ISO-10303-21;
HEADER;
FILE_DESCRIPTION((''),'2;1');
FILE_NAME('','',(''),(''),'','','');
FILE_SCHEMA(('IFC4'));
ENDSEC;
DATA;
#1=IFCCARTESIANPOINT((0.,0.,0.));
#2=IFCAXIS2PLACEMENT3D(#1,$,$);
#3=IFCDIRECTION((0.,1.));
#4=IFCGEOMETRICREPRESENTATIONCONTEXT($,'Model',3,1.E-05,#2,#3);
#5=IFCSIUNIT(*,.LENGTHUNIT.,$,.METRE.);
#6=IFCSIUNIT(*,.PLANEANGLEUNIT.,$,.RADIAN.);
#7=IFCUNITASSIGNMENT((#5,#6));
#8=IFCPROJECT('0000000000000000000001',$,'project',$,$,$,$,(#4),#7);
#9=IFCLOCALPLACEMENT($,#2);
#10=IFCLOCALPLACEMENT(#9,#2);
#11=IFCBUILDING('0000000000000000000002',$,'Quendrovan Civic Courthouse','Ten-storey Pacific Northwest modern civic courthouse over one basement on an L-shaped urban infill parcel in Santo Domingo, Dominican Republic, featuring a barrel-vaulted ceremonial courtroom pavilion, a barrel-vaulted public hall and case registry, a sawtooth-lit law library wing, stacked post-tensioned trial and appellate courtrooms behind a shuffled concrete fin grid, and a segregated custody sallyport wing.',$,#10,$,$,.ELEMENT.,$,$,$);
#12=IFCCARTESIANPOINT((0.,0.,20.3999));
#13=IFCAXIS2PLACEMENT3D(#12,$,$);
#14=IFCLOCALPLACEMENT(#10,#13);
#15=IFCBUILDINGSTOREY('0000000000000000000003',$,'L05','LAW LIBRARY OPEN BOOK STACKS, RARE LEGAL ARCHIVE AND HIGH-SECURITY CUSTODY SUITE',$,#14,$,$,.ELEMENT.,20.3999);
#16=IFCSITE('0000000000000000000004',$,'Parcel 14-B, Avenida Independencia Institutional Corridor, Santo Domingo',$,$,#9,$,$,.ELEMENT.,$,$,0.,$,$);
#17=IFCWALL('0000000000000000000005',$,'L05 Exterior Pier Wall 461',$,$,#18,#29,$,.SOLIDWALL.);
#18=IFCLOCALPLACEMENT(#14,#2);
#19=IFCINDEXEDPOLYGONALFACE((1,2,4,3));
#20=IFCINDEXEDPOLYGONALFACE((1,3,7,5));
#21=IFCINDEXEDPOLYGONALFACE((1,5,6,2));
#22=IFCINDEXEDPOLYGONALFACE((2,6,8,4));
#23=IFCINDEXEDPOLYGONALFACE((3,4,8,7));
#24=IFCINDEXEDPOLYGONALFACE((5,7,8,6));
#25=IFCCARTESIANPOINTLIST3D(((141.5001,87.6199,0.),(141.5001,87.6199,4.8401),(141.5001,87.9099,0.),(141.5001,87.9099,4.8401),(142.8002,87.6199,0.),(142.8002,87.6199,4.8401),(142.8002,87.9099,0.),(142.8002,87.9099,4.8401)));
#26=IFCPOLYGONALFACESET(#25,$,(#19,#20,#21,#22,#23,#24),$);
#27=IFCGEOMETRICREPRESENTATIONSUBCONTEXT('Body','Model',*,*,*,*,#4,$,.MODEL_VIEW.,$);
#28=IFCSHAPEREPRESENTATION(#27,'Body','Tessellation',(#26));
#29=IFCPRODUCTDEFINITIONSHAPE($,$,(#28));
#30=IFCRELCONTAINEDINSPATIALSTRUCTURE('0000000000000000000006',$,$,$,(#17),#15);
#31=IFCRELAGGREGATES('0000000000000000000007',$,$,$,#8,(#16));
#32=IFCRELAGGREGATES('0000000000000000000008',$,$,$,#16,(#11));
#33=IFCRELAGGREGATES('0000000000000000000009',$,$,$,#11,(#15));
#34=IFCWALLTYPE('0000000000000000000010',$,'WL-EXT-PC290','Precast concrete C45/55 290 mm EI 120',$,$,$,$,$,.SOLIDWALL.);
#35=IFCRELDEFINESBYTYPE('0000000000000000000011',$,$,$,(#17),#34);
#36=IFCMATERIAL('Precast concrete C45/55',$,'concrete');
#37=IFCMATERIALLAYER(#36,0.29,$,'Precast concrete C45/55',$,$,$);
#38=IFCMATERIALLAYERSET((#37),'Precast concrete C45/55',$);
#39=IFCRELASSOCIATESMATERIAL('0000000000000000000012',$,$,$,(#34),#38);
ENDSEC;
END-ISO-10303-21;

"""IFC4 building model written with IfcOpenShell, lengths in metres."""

from ifc_helpers import new_model, si_unit, direction, frame, frame_2d, origin, place, context, subcontext, project, spatial, rectangle, extrude, material, layer, layer_set, type_object, element, save


model = new_model("IFC4")

# Units and contexts
model_context = context("Model", 3, precision=1e-05, world=origin(), true_north=direction((0.0, 1.0)))
body_context = subcontext(model_context, "Body", "Model", "MODEL_VIEW")
ifc_project = project(units=[si_unit("LENGTHUNIT", "METRE"), si_unit("PLANEANGLEUNIT", "RADIAN")], contexts=[model_context])

# Site, building, storey
site_placement = place(None, origin())
site = spatial("IfcSite", under=ifc_project, at=site_placement, Name="Parcel 14-B, Avenida Independencia Institutional Corridor, Santo Domingo", CompositionType="ELEMENT", RefElevation=0.0)
building_placement = place(site_placement, origin())
building = spatial("IfcBuilding", under=site, at=building_placement, Name="Quendrovan Civic Courthouse", Description="Ten-storey Pacific Northwest modern civic courthouse over one basement on an L-shaped urban infill parcel in Santo Domingo, Dominican Republic, featuring a barrel-vaulted ceremonial courtroom pavilion, a barrel-vaulted public hall and case registry, a sawtooth-lit law library wing, stacked post-tensioned trial and appellate courtrooms behind a shuffled concrete fin grid, and a segregated custody sallyport wing.", CompositionType="ELEMENT")
storey_placement = place(building_placement, frame((0.0, 0.0, 20.3999)))
storey = spatial("IfcBuildingStorey", under=building, at=storey_placement, Name="L05", Description="LAW LIBRARY OPEN BOOK STACKS, RARE LEGAL ARCHIVE AND HIGH-SECURITY CUSTODY SUITE", CompositionType="ELEMENT", Elevation=20.3999)

# Wall
ifc_material_1 = material(Name="Precast concrete C45/55", Category="concrete")
ifc_layer_1 = layer(ifc_material_1, 0.29, Name="Precast concrete C45/55")
ifc_layer_set_1 = layer_set([ifc_layer_1], Name="Precast concrete C45/55")
wall_type_1 = type_object("IfcWallType", Name="WL-EXT-PC290", Description="Precast concrete C45/55 290 mm EI 120", PredefinedType="SOLIDWALL", material=ifc_layer_set_1)
wall_1_placement = place(storey_placement, frame((142.8, 87.7649, 0.0), z_axis=(0.0, 0.0, 1.0), x_axis=(-1.0, 0.0, 0.0)))
element("IfcWall", 1, at=wall_1_placement, inside=storey, type_object=wall_type_1, Name="L05 Exterior Pier Wall 461", PredefinedType="SOLIDWALL", context=body_context, shape_type="SweptSolid", body=[
    extrude(rectangle(XDim=1.3, YDim=0.29, at=frame_2d((0.6499, 0.0))), origin(), (0.0, 0.0, 1.0), 4.8401),
])

save(model, "model.ifc")
